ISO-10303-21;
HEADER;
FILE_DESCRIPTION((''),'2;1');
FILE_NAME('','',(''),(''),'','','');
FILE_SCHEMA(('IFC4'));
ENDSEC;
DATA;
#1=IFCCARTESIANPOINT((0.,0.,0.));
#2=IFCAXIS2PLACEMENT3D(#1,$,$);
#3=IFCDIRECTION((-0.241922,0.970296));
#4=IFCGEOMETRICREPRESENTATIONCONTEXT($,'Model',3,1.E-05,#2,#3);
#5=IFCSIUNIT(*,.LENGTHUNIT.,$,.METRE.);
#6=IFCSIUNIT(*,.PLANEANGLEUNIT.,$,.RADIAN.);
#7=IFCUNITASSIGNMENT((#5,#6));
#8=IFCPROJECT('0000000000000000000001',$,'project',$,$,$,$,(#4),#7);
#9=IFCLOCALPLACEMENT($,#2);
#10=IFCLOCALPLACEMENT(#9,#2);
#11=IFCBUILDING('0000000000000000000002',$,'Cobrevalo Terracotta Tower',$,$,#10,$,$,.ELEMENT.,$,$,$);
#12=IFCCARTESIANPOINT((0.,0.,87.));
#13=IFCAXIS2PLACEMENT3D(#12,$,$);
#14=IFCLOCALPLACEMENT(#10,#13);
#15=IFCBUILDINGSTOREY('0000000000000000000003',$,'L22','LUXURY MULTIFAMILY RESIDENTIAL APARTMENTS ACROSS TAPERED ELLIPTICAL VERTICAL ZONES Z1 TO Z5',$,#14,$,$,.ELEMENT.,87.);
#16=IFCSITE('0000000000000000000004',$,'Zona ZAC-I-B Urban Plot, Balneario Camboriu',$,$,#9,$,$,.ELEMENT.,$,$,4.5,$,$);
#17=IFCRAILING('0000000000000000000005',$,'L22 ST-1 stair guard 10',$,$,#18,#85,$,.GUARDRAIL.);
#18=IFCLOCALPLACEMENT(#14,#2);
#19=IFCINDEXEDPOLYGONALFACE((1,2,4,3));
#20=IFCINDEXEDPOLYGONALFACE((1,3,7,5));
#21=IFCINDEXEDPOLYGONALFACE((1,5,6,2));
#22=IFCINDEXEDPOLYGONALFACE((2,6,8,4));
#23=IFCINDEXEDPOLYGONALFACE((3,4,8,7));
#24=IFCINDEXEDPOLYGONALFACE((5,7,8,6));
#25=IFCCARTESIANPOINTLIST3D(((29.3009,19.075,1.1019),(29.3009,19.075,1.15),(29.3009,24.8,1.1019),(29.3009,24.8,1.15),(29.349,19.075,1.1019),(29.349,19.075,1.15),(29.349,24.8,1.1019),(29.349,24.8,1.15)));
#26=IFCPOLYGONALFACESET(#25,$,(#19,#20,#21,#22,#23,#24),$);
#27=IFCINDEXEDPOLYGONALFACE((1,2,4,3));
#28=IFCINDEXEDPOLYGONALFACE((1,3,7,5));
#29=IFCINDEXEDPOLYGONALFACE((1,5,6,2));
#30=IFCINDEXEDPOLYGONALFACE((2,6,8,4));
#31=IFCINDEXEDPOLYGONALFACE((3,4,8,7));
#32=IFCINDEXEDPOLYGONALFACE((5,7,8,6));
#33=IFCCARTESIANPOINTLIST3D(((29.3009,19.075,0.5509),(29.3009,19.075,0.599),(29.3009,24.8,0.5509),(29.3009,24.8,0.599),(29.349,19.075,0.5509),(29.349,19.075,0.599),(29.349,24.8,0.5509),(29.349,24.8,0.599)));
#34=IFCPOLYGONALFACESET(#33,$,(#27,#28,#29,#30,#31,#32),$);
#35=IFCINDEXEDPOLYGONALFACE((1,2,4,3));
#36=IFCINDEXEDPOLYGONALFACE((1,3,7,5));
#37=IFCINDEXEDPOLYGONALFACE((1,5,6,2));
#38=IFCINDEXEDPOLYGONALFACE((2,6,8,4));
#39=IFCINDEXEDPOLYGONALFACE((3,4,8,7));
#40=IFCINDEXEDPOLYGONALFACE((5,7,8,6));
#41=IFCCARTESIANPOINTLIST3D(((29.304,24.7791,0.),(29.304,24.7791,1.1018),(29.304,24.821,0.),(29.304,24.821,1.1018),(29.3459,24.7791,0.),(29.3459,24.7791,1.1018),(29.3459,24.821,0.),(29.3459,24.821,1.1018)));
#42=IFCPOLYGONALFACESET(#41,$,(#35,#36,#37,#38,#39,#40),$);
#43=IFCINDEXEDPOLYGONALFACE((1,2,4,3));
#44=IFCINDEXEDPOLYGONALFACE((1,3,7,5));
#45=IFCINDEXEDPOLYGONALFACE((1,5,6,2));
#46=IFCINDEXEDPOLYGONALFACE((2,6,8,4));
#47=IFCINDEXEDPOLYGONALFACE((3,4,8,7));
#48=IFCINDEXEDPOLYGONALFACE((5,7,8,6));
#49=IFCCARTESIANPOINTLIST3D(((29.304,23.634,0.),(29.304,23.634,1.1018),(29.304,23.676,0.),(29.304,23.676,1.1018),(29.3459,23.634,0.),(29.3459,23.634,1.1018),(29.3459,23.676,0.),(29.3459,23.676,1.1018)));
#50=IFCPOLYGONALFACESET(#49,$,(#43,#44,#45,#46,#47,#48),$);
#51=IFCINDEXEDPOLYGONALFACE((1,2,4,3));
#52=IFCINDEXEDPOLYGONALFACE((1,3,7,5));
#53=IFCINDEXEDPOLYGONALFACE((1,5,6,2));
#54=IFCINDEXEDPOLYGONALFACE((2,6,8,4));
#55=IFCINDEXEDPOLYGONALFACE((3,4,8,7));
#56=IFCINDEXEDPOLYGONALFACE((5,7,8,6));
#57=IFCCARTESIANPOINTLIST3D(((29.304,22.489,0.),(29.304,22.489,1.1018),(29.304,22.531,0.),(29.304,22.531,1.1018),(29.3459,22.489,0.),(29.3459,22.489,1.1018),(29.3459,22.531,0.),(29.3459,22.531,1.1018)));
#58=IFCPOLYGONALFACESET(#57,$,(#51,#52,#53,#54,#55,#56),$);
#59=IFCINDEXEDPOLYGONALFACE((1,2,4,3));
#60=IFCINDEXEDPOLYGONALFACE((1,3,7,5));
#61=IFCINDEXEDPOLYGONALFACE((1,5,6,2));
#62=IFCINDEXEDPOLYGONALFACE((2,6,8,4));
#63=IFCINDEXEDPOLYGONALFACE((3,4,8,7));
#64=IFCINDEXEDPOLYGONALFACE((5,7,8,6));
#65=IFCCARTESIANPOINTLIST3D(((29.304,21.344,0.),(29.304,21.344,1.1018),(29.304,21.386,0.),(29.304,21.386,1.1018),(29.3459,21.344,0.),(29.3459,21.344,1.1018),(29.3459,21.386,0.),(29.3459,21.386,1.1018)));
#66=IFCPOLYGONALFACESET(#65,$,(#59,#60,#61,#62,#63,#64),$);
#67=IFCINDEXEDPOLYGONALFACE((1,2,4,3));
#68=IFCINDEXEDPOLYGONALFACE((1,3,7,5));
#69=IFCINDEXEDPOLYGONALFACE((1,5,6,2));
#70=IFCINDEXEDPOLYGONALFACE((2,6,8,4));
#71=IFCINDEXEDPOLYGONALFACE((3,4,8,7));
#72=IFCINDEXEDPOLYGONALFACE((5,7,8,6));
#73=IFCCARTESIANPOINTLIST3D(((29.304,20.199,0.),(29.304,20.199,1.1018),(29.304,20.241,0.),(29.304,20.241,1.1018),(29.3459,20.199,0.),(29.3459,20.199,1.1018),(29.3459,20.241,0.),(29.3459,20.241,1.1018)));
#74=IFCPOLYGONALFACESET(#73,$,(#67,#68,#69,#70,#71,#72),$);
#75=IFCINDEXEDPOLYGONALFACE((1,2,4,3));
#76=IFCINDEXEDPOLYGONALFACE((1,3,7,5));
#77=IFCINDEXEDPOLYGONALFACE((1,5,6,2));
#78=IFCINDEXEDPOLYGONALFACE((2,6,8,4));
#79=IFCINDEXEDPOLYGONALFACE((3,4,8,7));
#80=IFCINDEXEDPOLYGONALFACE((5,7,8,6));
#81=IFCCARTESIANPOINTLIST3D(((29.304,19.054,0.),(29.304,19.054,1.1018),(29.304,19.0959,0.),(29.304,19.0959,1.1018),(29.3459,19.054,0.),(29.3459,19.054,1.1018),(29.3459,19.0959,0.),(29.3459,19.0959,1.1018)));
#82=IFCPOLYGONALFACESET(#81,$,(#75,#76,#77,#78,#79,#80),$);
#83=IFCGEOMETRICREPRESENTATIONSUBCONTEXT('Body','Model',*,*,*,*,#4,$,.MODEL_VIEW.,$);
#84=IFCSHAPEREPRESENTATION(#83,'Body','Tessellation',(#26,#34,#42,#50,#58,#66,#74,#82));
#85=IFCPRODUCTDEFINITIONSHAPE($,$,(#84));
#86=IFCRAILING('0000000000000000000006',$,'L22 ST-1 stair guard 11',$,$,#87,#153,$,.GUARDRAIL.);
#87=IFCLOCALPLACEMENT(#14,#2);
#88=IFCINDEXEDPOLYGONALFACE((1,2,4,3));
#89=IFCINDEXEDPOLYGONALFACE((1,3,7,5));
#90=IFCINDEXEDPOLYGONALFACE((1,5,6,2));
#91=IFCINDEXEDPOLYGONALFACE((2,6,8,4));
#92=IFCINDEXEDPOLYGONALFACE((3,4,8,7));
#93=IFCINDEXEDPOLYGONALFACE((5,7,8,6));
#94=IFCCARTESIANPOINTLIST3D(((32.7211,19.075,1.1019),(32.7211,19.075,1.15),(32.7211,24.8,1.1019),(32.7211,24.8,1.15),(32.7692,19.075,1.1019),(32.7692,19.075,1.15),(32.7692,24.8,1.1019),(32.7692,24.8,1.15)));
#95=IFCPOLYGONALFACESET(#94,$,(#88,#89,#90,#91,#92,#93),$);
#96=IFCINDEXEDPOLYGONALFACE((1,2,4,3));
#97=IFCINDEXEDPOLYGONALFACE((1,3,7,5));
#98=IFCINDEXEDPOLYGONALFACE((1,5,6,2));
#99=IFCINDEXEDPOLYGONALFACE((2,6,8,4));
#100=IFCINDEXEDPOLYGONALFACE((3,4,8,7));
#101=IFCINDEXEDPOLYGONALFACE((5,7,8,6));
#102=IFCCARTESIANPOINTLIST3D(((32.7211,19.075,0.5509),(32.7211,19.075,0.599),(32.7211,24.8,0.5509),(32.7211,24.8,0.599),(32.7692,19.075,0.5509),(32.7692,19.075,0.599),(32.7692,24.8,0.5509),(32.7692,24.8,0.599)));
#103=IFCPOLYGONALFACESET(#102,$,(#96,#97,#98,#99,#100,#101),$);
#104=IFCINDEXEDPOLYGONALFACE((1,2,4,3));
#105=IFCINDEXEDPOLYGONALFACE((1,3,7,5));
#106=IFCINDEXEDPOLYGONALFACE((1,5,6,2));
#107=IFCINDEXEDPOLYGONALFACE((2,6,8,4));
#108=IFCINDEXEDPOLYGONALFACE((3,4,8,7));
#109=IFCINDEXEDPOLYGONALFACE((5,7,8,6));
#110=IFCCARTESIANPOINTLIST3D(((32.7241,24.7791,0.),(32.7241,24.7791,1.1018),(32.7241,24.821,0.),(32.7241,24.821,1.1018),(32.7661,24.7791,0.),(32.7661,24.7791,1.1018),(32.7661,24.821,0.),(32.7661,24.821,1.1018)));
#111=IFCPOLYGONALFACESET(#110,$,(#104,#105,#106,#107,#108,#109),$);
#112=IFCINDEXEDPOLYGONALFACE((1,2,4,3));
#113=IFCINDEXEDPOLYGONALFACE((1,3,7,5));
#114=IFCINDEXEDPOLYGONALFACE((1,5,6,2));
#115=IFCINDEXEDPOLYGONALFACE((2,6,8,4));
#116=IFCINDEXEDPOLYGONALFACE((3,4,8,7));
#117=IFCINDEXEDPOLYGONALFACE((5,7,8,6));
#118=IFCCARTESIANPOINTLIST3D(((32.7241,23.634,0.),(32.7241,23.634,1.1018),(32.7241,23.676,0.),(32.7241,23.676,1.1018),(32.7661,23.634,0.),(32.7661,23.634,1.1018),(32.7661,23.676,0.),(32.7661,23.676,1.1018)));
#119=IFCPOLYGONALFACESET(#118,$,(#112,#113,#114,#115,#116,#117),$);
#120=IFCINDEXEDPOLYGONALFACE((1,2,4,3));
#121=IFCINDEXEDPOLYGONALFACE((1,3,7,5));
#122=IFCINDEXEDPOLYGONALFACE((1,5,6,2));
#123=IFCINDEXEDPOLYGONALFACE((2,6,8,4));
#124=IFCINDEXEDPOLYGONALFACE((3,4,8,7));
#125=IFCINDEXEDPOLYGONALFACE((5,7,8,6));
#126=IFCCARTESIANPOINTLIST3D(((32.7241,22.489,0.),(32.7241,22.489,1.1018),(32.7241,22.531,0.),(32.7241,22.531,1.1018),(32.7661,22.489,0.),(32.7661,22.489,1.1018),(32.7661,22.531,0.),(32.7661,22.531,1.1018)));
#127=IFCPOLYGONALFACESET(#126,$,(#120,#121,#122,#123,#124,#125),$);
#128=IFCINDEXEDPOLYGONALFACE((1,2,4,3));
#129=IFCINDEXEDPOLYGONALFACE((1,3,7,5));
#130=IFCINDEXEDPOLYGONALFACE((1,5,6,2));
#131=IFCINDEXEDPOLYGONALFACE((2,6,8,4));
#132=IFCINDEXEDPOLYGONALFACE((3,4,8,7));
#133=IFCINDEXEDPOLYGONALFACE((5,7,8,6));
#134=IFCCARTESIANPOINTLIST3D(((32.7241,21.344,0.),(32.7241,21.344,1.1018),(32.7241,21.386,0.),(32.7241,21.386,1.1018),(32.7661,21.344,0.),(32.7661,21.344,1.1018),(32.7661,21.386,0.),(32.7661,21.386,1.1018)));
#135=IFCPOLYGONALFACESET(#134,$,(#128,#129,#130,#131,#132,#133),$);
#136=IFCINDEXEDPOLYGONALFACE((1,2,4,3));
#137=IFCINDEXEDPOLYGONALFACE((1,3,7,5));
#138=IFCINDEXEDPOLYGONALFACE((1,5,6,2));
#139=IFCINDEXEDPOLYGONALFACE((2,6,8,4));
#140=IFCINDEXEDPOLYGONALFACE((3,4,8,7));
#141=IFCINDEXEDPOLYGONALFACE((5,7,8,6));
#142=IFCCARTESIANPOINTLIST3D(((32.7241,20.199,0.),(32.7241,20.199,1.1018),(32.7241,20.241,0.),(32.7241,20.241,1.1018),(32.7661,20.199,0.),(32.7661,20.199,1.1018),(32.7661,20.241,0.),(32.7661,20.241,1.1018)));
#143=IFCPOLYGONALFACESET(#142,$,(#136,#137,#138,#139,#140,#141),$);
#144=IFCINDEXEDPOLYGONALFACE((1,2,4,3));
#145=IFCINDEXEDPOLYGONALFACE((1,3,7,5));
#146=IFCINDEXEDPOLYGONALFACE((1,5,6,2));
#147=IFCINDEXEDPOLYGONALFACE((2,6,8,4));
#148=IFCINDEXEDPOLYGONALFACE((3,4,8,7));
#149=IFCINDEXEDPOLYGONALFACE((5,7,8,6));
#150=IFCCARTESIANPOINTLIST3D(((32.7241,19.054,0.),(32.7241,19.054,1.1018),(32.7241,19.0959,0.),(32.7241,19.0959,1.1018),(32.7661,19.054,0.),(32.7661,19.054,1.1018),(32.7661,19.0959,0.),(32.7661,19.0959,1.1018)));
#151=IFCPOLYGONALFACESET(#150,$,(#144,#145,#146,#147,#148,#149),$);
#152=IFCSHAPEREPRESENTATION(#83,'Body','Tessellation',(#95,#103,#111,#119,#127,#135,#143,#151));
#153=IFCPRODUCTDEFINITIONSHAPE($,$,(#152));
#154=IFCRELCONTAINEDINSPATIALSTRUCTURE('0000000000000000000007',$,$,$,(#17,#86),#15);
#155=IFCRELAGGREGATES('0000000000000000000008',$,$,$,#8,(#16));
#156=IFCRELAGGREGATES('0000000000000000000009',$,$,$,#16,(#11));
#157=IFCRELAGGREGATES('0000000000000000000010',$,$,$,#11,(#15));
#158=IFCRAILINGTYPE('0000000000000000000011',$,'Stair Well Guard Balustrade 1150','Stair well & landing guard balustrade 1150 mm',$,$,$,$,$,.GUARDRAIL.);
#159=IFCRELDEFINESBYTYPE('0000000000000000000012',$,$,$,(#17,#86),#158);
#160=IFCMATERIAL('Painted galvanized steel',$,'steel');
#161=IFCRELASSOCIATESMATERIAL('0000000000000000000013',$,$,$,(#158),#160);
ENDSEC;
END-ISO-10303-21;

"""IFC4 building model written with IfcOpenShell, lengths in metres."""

from ifc_helpers import new_model, si_unit, direction, frame, origin, origin_2d, place, context, subcontext, project, spatial, rectangle, extrude, material, type_object, element, save


model = new_model("IFC4")

# Units and contexts
model_context = context("Model", 3, precision=1e-05, world=origin(), true_north=direction((-0.241922, 0.970296)))
body_context = subcontext(model_context, "Body", "Model", "MODEL_VIEW")
ifc_project = project(units=[si_unit("LENGTHUNIT", "METRE"), si_unit("PLANEANGLEUNIT", "RADIAN")], contexts=[model_context])

# Site, building, storey
site_placement = place(None, origin())
site = spatial("IfcSite", under=ifc_project, at=site_placement, Name="Zona ZAC-I-B Urban Plot, Balneario Camboriu", CompositionType="ELEMENT", RefElevation=4.5)
building_placement = place(site_placement, origin())
building = spatial("IfcBuilding", under=site, at=building_placement, Name="Cobrevalo Terracotta Tower", CompositionType="ELEMENT")
storey_placement = place(building_placement, frame((0.0, 0.0, 87.0)))
storey = spatial("IfcBuildingStorey", under=building, at=storey_placement, Name="L22", Description="LUXURY MULTIFAMILY RESIDENTIAL APARTMENTS ACROSS TAPERED ELLIPTICAL VERTICAL ZONES Z1 TO Z5", CompositionType="ELEMENT", Elevation=87.0)

# Railings
ifc_material_1 = material(Name="Painted galvanized steel", Category="steel")
railing_type_1 = type_object("IfcRailingType", Name="Stair Well Guard Balustrade 1150", Description="Stair well & landing guard balustrade 1150 mm", PredefinedType="GUARDRAIL", material=ifc_material_1)
for number, where, name in (
    (1, (29.325, 24.8, 0.0), "L22 ST-1 stair guard 10"),
    (2, (32.7451, 24.8, 0.0), "L22 ST-1 stair guard 11"),
):
    element("IfcRailing", number, at=place(storey_placement, frame(where)), inside=storey, type_object=railing_type_1, Name=name, PredefinedType="GUARDRAIL", context=body_context, shape_type="SweptSolid", body=[
        extrude(rectangle(XDim=0.0481, YDim=0.0481, at=origin_2d()), frame((0.0, 0.0, 1.126), z_axis=(0.0, -1.0, 0.0), x_axis=(1.0, 0.0, 0.0)), (0.0, 0.0, 1.0), 5.7251),
        extrude(rectangle(XDim=0.0481, YDim=0.0481, at=origin_2d()), frame((0.0, 0.0, 0.575), z_axis=(0.0, -1.0, 0.0), x_axis=(1.0, 0.0, 0.0)), (0.0, 0.0, 1.0), 5.7251),
        extrude(rectangle(XDim=0.042, YDim=0.042, at=origin_2d()), origin(), (0.0, 0.0, 1.0), 1.1018),
        extrude(rectangle(XDim=0.042, YDim=0.042, at=origin_2d()), frame((0.0, -1.145, 0.0)), (0.0, 0.0, 1.0), 1.1018),
        extrude(rectangle(XDim=0.042, YDim=0.042, at=origin_2d()), frame((0.0, -2.29, 0.0)), (0.0, 0.0, 1.0), 1.1018),
        extrude(rectangle(XDim=0.042, YDim=0.042, at=origin_2d()), frame((0.0, -3.4351, 0.0)), (0.0, 0.0, 1.0), 1.1018),
        extrude(rectangle(XDim=0.042, YDim=0.042, at=origin_2d()), frame((0.0, -4.5801, 0.0)), (0.0, 0.0, 1.0), 1.1018),
        extrude(rectangle(XDim=0.042, YDim=0.042, at=origin_2d()), frame((0.0, -5.7251, 0.0)), (0.0, 0.0, 1.0), 1.1018),
    ])

save(model, "model.ifc")
